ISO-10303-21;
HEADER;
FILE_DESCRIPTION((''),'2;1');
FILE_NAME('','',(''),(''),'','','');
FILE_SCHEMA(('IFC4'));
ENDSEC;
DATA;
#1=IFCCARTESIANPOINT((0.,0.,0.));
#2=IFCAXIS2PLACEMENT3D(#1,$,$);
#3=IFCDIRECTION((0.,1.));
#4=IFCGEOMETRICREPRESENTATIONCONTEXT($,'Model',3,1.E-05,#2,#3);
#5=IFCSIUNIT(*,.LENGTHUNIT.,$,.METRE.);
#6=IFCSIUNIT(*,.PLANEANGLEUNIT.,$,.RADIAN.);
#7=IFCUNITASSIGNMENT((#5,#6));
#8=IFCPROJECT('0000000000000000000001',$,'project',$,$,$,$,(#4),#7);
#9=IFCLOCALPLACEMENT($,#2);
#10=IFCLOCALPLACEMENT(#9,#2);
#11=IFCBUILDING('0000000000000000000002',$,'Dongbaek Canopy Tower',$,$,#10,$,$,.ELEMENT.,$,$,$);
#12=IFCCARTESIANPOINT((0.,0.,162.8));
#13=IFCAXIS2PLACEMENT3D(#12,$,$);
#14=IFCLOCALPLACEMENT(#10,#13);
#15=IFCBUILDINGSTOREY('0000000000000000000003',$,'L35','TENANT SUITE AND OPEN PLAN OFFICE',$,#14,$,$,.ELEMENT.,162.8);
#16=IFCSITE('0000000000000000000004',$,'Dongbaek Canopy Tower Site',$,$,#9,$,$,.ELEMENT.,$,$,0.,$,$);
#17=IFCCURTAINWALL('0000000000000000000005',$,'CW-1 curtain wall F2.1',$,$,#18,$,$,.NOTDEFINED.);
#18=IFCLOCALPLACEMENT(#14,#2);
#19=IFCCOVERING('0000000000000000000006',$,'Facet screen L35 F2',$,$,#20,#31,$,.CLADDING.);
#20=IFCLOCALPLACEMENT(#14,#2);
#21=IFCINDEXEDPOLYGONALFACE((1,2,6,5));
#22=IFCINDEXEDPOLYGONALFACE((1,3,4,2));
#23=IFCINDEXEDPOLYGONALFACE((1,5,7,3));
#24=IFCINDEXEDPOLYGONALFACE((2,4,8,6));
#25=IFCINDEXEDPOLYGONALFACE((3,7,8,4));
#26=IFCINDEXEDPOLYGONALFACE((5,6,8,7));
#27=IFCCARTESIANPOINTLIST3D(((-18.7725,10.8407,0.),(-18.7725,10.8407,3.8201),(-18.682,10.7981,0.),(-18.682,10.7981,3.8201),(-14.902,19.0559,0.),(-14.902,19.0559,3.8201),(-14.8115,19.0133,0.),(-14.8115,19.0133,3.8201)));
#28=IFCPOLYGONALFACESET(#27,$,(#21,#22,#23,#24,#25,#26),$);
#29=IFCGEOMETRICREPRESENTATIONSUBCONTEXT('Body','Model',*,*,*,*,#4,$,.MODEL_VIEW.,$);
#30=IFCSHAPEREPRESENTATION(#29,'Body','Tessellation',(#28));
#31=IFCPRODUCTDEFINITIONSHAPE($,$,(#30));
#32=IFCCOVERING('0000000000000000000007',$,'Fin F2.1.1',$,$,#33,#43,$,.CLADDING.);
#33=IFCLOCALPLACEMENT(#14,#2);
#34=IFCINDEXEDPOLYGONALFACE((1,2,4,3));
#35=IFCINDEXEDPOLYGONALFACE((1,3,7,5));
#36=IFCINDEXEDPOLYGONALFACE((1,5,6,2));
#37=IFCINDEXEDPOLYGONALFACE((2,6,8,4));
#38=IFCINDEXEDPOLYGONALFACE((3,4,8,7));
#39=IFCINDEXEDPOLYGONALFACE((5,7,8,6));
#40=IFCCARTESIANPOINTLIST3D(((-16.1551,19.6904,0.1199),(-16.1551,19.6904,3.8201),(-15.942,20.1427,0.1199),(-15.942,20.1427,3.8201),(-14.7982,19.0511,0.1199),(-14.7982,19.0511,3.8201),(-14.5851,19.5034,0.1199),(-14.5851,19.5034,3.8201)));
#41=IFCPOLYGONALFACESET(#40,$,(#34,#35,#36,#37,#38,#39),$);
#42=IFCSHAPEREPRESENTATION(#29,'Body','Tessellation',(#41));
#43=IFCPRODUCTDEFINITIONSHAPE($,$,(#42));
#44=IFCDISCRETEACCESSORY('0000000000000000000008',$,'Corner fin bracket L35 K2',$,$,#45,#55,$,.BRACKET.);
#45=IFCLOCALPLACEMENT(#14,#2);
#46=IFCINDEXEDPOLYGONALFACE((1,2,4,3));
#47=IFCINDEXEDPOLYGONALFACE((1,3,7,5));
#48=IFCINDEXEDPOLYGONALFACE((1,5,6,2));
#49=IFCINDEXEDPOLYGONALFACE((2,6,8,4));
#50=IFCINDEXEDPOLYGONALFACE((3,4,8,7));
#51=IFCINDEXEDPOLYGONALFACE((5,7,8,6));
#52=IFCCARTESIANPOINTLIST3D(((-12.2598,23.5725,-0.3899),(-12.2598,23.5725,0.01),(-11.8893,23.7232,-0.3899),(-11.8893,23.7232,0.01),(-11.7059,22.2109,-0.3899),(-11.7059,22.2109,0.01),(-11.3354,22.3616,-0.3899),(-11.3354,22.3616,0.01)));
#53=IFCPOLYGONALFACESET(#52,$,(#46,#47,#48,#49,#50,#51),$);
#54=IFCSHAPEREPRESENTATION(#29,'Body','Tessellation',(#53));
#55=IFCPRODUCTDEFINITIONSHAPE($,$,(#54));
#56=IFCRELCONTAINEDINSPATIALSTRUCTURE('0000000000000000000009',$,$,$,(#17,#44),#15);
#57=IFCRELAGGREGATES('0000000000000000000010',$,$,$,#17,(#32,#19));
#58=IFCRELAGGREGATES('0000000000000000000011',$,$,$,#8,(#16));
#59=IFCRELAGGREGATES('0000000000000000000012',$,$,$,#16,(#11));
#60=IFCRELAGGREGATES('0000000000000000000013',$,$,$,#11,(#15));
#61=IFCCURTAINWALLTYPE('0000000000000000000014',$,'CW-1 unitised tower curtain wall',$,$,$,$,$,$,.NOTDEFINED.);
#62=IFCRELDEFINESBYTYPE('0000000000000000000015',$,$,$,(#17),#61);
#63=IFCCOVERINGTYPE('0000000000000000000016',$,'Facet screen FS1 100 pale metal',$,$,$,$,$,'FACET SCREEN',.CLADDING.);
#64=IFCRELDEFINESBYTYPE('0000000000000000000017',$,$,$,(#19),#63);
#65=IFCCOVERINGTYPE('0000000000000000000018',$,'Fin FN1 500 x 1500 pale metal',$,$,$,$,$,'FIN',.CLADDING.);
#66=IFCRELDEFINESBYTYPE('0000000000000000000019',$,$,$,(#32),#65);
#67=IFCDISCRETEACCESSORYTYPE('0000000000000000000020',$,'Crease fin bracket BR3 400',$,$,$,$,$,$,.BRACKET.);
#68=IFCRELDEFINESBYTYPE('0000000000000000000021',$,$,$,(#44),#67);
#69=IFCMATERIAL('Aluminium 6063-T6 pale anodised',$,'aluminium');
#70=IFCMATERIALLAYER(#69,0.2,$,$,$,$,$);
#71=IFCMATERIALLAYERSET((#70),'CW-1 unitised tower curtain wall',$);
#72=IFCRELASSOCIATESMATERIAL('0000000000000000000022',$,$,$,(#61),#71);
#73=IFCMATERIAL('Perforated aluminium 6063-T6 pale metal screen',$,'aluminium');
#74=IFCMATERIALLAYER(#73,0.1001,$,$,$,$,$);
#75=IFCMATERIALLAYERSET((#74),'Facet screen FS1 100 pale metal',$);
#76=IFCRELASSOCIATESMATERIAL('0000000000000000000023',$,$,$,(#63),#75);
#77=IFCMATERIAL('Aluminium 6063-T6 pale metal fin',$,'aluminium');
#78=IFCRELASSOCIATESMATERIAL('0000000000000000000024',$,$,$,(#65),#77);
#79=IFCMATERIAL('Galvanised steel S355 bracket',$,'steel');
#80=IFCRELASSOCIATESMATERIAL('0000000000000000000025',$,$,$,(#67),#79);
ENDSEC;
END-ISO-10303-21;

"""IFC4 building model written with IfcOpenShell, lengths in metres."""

from ifc_helpers import new_model, si_unit, direction, frame, origin, origin_2d, place, context, subcontext, project, spatial, rectangle, extrude, material, layer, layer_set, material_profile, profile_set, type_object, element, aggregate, save


model = new_model("IFC4")

# Units and contexts
model_context = context("Model", 3, precision=1e-05, world=origin(), true_north=direction((0.0, 1.0)))
body_context = subcontext(model_context, "Body", "Model", "MODEL_VIEW")
ifc_project = project(units=[si_unit("LENGTHUNIT", "METRE"), si_unit("PLANEANGLEUNIT", "RADIAN")], contexts=[model_context])

# Site, building, storey
site_placement = place(None, origin())
site = spatial("IfcSite", under=ifc_project, at=site_placement, Name="Dongbaek Canopy Tower Site", CompositionType="ELEMENT", RefElevation=0.0)
building_placement = place(site_placement, origin())
building = spatial("IfcBuilding", under=site, at=building_placement, Name="Dongbaek Canopy Tower", CompositionType="ELEMENT")
storey_placement = place(building_placement, frame((0.0, 0.0, 162.8)))
storey = spatial("IfcBuildingStorey", under=building, at=storey_placement, Name="L35", Description="TENANT SUITE AND OPEN PLAN OFFICE", CompositionType="ELEMENT", Elevation=162.8)

# Curtain wall
ifc_material_1 = material(Name="Aluminium 6063-T6 pale anodised", Category="aluminium")
ifc_layer_1 = layer(ifc_material_1, 0.2)
ifc_layer_set_1 = layer_set([ifc_layer_1], Name="CW-1 unitised tower curtain wall")
curtain_wall_type = type_object("IfcCurtainWallType", Name="CW-1 unitised tower curtain wall", PredefinedType="NOTDEFINED", material=ifc_layer_set_1)
curtain_wall_1_placement = place(storey_placement, origin())
curtain_wall_1 = element("IfcCurtainWall", 1, at=curtain_wall_1_placement, inside=storey, type_object=curtain_wall_type, Name="CW-1 curtain wall F2.1", PredefinedType="NOTDEFINED")

# Coverings
ifc_material_2 = material(Name="Perforated aluminium 6063-T6 pale metal screen", Category="aluminium")
ifc_layer_2 = layer(ifc_material_2, 0.1001)
ifc_layer_set_2 = layer_set([ifc_layer_2], Name="Facet screen FS1 100 pale metal")
covering_type_1 = type_object("IfcCoveringType", Name="Facet screen FS1 100 pale metal", ElementType="FACET SCREEN", PredefinedType="CLADDING", material=ifc_layer_set_2)
covering_1_placement = place(storey_placement, frame((-16.792, 14.927, 0.0), z_axis=(0.0, 0.0, 1.0), x_axis=(-0.426207, -0.904626, 0.0)))
covering_1 = element("IfcCovering", 2, at=covering_1_placement, type_object=covering_type_1, Name="Facet screen L35 F2", PredefinedType="CLADDING", context=body_context, shape_type="SweptSolid", body=[
    extrude(rectangle(XDim=9.0813, YDim=0.1001, at=origin_2d()), origin(), (0.0, 0.0, 1.0), 3.8201),
])
ifc_material_3 = material(Name="Aluminium 6063-T6 pale metal fin", Category="aluminium")
ifc_material_profile_1 = material_profile(ifc_material_3, rectangle(XDim=1.5, YDim=0.5, at=origin_2d()), Name="Fin FN1 500 x 1500 pale metal")
ifc_profile_set_1 = profile_set([ifc_material_profile_1], Name="Aluminium 6063-T6 pale metal fin")
covering_type_2 = type_object("IfcCoveringType", Name="Fin FN1 500 x 1500 pale metal", ElementType="FIN", PredefinedType="CLADDING", material=ifc_profile_set_1)
covering_2_placement = place(storey_placement, frame((-15.3701, 19.5969, 0.1199), z_axis=(0.0, 0.0, 1.0), x_axis=(-0.904626, 0.426207, 0.0)))
covering_2 = element("IfcCovering", 3, at=covering_2_placement, type_object=covering_type_2, Name="Fin F2.1.1", PredefinedType="CLADDING", context=body_context, shape_type="SweptSolid", body=[
    extrude(rectangle(XDim=1.5, YDim=0.5, at=origin_2d()), origin(), (0.0, 0.0, 1.0), 3.7002),
])
aggregate(curtain_wall_1, [covering_2, covering_1])

# Discrete accessory
ifc_material_4 = material(Name="Galvanised steel S355 bracket", Category="steel")
discrete_accessory_type = type_object("IfcDiscreteAccessoryType", Name="Crease fin bracket BR3 400", PredefinedType="BRACKET", material=ifc_material_4)
discrete_accessory_placement = place(storey_placement, frame((-11.7976, 22.967, -0.3899), z_axis=(0.0, 0.0, 1.0), x_axis=(-0.376811, 0.92629, 0.0)))
element("IfcDiscreteAccessory", 4, at=discrete_accessory_placement, inside=storey, type_object=discrete_accessory_type, Name="Corner fin bracket L35 K2", PredefinedType="BRACKET", context=body_context, shape_type="SweptSolid", body=[
    extrude(rectangle(XDim=1.47, YDim=0.3999, at=origin_2d()), origin(), (0.0, 0.0, 1.0), 0.3999),
])

save(model, "model.ifc")
